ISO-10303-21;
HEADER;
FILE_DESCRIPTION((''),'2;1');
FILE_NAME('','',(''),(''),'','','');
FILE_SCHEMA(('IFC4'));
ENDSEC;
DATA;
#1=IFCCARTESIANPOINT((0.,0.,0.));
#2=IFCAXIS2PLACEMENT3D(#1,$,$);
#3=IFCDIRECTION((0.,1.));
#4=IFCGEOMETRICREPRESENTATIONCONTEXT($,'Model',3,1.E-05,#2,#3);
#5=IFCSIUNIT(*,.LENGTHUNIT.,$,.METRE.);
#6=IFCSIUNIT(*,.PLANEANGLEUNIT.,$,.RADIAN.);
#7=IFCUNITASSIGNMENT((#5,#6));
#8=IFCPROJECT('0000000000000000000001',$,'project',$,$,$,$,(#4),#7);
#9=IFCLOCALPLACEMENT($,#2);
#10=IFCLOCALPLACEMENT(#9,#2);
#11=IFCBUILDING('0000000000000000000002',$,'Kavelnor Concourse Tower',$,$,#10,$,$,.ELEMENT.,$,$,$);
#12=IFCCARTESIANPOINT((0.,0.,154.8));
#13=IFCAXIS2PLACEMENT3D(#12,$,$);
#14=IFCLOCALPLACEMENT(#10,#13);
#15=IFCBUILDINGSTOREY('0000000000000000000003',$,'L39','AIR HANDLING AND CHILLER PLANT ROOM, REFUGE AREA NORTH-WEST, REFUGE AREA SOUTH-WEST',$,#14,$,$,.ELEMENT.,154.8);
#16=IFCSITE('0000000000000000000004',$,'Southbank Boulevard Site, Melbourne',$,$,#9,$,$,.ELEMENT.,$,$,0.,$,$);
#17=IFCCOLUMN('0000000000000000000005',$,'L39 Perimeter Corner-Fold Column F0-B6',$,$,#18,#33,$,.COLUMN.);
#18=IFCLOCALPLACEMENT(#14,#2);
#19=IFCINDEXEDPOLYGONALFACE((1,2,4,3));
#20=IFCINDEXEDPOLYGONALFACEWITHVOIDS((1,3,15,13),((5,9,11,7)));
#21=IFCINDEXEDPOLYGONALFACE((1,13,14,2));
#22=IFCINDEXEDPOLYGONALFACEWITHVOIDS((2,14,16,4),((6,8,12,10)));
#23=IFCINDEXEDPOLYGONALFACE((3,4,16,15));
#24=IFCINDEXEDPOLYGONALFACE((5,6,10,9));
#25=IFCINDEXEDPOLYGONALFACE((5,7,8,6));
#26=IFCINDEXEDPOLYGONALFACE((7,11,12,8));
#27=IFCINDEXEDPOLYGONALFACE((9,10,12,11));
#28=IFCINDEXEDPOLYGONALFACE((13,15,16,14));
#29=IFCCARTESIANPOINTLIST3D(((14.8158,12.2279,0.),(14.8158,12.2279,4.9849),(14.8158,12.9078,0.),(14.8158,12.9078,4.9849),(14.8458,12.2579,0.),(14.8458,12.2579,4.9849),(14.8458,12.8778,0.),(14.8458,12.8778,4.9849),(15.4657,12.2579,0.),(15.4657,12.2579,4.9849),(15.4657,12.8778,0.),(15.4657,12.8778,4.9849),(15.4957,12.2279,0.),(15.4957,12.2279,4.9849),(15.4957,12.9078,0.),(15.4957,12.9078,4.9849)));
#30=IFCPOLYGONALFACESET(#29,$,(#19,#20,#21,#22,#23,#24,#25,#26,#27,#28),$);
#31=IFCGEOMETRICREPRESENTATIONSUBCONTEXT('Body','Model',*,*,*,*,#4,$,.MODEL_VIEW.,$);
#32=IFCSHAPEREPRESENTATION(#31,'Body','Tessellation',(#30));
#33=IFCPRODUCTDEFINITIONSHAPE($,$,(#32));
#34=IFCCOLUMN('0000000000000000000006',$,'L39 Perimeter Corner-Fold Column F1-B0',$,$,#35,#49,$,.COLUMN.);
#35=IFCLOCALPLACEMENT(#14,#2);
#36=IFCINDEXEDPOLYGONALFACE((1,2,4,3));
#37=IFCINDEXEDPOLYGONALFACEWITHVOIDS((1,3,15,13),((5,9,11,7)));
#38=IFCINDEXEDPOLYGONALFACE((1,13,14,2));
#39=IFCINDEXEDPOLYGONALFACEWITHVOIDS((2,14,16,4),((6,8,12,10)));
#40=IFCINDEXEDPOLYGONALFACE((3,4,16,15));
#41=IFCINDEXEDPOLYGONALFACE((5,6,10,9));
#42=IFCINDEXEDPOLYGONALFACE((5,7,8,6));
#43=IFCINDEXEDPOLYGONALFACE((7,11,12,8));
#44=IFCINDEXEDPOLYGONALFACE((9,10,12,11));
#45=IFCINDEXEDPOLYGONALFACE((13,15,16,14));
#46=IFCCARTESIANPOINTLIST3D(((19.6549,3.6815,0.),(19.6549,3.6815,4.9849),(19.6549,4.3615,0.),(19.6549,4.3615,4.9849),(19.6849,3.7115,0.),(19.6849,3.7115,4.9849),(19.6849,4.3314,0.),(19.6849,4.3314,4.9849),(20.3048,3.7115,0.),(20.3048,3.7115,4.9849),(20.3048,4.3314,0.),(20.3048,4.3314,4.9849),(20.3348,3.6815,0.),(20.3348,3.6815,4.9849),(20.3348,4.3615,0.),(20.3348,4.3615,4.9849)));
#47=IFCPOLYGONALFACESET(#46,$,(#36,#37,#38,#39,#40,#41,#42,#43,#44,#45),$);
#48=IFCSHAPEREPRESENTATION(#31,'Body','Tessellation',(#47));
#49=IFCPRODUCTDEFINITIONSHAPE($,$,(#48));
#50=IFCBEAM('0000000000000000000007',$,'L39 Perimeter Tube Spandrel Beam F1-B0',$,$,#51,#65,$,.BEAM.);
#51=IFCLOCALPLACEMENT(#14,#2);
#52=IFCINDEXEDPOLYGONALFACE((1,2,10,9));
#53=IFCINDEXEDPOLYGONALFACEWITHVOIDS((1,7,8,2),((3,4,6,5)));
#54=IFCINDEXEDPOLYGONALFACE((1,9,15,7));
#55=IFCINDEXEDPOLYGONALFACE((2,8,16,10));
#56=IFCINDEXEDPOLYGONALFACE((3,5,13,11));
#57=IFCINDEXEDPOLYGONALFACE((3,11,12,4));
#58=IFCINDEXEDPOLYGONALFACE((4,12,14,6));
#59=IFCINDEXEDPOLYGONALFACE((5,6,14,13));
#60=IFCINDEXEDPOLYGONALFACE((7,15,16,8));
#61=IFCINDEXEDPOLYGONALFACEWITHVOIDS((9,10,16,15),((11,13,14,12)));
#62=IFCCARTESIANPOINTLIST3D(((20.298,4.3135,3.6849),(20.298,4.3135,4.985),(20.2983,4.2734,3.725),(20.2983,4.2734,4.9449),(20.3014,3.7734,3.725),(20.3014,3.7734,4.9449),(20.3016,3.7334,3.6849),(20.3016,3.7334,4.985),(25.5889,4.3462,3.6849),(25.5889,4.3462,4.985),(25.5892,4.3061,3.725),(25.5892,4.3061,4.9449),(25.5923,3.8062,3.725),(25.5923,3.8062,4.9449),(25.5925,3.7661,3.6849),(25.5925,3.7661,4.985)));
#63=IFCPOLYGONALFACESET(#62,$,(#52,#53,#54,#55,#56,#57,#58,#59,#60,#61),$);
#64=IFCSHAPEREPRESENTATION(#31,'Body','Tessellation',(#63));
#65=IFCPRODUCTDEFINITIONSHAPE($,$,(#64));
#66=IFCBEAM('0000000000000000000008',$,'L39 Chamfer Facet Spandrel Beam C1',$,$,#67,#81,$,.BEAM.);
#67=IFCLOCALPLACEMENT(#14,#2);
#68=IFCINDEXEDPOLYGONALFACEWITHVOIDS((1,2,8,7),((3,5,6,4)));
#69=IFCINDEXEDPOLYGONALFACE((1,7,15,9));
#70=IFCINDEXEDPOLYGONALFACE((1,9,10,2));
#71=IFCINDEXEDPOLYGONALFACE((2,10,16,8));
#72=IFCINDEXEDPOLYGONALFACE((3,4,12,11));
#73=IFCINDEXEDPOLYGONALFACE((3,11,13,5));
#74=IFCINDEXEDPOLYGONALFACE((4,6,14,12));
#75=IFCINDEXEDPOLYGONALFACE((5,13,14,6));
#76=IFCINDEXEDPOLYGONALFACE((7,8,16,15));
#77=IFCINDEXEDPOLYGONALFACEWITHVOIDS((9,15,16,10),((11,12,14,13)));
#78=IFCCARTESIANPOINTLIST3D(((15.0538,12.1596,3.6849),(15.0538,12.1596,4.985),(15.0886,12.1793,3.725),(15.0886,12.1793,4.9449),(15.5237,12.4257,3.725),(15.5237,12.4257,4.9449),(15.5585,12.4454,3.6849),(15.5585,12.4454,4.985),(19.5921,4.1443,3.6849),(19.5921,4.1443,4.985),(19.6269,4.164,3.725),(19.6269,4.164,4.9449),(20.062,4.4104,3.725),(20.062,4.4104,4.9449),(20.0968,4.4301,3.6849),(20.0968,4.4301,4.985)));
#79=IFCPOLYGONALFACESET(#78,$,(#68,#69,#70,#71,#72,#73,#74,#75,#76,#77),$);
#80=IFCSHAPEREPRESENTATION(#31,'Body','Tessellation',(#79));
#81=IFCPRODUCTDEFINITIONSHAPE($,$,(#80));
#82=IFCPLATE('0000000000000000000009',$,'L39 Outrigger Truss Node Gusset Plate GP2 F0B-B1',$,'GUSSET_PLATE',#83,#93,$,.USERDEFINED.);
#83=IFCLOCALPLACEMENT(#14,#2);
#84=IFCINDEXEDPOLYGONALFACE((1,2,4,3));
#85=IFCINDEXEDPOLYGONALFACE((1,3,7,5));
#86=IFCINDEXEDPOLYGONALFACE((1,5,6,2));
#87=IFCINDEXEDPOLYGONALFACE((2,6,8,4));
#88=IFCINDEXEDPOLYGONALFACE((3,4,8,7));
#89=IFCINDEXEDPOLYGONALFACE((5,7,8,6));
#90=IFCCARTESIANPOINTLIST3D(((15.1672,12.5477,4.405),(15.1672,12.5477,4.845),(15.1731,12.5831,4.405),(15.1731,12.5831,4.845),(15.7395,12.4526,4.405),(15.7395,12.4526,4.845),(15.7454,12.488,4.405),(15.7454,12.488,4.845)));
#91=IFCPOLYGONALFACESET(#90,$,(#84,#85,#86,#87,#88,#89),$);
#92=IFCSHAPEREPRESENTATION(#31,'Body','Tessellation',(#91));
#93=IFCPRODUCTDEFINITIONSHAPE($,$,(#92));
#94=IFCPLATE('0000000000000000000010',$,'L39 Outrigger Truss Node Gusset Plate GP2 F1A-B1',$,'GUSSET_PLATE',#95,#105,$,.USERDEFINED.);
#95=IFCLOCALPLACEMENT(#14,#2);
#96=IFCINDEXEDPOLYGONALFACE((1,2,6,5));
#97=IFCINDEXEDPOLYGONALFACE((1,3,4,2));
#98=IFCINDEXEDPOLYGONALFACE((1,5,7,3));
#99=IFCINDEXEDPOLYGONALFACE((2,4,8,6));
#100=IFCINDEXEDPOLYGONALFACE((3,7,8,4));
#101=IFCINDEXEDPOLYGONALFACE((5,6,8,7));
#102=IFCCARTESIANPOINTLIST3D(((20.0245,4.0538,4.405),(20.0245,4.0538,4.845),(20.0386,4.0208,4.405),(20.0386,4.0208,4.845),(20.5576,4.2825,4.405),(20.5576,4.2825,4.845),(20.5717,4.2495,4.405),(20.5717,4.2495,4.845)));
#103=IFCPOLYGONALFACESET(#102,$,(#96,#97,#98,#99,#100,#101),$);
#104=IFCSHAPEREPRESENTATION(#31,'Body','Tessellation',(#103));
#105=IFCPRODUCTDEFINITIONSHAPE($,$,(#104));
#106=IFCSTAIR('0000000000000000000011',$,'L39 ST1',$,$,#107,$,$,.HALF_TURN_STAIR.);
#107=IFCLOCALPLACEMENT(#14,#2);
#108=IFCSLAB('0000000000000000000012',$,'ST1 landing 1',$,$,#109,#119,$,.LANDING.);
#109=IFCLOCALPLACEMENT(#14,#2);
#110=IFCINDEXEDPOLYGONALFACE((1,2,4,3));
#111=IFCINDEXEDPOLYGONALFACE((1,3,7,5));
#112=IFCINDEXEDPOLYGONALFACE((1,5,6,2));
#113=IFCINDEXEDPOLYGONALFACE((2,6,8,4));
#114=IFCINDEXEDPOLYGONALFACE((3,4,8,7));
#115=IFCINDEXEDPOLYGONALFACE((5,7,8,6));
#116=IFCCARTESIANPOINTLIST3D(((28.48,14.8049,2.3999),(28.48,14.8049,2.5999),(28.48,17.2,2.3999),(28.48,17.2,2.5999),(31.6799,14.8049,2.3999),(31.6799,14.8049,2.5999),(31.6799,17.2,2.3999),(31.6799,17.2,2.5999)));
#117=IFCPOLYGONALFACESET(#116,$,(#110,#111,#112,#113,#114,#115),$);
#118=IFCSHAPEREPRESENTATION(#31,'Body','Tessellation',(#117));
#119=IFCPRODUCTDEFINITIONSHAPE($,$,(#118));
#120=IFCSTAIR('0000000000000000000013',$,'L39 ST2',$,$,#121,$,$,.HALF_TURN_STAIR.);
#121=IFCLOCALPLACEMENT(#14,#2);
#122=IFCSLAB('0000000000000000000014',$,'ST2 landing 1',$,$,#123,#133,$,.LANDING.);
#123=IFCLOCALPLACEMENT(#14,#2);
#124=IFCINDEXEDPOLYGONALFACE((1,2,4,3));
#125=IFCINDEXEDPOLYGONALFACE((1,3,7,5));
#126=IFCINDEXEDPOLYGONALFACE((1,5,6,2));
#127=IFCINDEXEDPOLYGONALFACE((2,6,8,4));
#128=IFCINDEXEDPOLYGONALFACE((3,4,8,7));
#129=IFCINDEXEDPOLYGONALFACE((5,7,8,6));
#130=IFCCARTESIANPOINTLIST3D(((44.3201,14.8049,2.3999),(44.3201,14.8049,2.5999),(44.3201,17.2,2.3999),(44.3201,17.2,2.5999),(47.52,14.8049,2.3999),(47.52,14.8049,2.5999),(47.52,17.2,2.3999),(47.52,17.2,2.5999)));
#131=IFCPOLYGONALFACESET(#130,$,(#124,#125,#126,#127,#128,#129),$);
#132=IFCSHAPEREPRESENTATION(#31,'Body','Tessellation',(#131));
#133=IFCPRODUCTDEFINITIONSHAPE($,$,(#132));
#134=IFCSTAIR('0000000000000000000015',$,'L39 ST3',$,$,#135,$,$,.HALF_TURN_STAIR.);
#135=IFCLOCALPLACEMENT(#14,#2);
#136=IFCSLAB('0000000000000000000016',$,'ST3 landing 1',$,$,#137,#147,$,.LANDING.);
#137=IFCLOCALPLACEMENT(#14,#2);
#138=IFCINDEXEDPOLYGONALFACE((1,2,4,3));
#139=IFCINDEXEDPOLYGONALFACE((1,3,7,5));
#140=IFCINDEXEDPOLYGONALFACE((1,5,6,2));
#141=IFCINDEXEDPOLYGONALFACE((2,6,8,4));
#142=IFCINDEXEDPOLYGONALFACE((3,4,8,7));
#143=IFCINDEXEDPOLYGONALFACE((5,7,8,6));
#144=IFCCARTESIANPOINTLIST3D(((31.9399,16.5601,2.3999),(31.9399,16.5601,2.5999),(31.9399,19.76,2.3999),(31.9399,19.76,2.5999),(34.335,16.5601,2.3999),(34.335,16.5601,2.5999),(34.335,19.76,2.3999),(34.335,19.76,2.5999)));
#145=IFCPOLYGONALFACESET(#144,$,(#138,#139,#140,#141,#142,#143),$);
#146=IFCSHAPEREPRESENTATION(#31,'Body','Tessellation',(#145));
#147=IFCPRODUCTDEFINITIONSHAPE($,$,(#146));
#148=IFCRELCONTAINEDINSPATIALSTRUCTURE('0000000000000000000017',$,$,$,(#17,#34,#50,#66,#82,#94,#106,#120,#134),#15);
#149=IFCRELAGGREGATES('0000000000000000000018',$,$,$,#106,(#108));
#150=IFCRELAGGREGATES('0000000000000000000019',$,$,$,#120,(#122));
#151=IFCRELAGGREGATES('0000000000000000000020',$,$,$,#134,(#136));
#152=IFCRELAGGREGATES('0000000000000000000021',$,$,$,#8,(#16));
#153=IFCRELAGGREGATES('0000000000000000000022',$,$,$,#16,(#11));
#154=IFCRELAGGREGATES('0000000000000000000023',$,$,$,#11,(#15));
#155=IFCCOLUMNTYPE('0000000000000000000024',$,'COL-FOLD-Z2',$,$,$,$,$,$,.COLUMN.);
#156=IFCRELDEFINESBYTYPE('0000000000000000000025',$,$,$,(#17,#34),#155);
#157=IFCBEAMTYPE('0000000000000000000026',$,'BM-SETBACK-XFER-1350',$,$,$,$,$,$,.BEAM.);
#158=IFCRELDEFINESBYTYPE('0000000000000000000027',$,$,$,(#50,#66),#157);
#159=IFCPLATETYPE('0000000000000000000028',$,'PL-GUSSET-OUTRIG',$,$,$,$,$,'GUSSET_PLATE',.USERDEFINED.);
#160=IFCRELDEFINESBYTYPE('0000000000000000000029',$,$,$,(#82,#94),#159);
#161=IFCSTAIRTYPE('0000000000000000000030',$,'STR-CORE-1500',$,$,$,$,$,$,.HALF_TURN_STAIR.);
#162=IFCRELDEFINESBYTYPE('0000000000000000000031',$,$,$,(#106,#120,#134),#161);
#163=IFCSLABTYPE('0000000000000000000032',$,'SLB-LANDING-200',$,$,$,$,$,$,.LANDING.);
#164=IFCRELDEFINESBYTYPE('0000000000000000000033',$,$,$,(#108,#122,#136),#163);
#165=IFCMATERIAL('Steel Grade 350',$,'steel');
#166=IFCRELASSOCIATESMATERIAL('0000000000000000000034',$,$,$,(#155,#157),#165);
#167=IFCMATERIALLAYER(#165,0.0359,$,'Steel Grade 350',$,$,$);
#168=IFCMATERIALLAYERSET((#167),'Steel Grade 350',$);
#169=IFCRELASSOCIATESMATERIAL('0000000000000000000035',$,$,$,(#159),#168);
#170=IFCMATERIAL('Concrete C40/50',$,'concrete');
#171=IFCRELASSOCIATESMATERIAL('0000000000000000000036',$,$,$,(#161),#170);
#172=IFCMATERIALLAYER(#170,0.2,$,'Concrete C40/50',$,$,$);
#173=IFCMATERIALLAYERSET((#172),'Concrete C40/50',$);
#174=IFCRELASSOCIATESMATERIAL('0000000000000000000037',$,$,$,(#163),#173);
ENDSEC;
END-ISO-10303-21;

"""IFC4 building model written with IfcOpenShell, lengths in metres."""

from ifc_helpers import new_model, si_unit, direction, frame, origin, origin_2d, place, context, subcontext, project, spatial, polyline, rectangle, hollow_rectangle, outline, extrude, material, layer, layer_set, material_profile, profile_set, type_object, element, aggregate, save


model = new_model("IFC4")

# Units and contexts
model_context = context("Model", 3, precision=1e-05, world=origin(), true_north=direction((0.0, 1.0)))
body_context = subcontext(model_context, "Body", "Model", "MODEL_VIEW")
ifc_project = project(units=[si_unit("LENGTHUNIT", "METRE"), si_unit("PLANEANGLEUNIT", "RADIAN")], contexts=[model_context])

# Site, building, storey
site_placement = place(None, origin())
site = spatial("IfcSite", under=ifc_project, at=site_placement, Name="Southbank Boulevard Site, Melbourne", CompositionType="ELEMENT", RefElevation=0.0)
building_placement = place(site_placement, origin())
building = spatial("IfcBuilding", under=site, at=building_placement, Name="Kavelnor Concourse Tower", CompositionType="ELEMENT")
storey_placement = place(building_placement, frame((0.0, 0.0, 154.8)))
storey = spatial("IfcBuildingStorey", under=building, at=storey_placement, Name="L39", Description="AIR HANDLING AND CHILLER PLANT ROOM, REFUGE AREA NORTH-WEST, REFUGE AREA SOUTH-WEST", CompositionType="ELEMENT", Elevation=154.8)

# Columns
ifc_material_1 = material(Name="Steel Grade 350", Category="steel")
ifc_material_profile_1 = material_profile(ifc_material_1, hollow_rectangle(XDim=0.6799, YDim=0.6799, WallThickness=0.03, at=origin_2d()), Name="SHS 680x680x30")
ifc_profile_set_1 = profile_set([ifc_material_profile_1], Name="Steel Grade 350")
column_type = type_object("IfcColumnType", Name="COL-FOLD-Z2", PredefinedType="COLUMN", material=ifc_profile_set_1)
for number, where, z_axis, x_axis, name in (
    (1, (15.1558, 12.5679, 0.0), (0.0, 0.0, 1.0), (1.0, 0.0, 0.0), "L39 Perimeter Corner-Fold Column F0-B6"),
    (2, (19.9949, 4.0215, 0.0), (0.0, 0.0, 1.0), (1.0, 0.0, 0.0), "L39 Perimeter Corner-Fold Column F1-B0"),
):
    element("IfcColumn", number, at=place(storey_placement, frame(where, z_axis=z_axis, x_axis=x_axis)), inside=storey, type_object=column_type, Name=name, PredefinedType="COLUMN", context=body_context, shape_type="SweptSolid", body=[
        extrude(hollow_rectangle(XDim=0.6799, YDim=0.6799, WallThickness=0.03, at=origin_2d()), origin(), (0.0, 0.0, 1.0), 4.9849),
    ])

# Beams
ifc_material_profile_2 = material_profile(ifc_material_1, hollow_rectangle(XDim=0.5801, YDim=1.3, WallThickness=0.04, at=origin_2d()), Name="RHS 1300x580x40")
ifc_profile_set_2 = profile_set([ifc_material_profile_2], Name="Steel Grade 350")
beam_type = type_object("IfcBeamType", Name="BM-SETBACK-XFER-1350", PredefinedType="BEAM", material=ifc_profile_set_2)
beam_1_placement = place(storey_placement, frame((20.2998, 4.0234, 4.335), z_axis=(0.999981, 0.006183, 0.0), x_axis=(-0.006183, 0.999981, 0.0)))
element("IfcBeam", 3, at=beam_1_placement, inside=storey, type_object=beam_type, Name="L39 Perimeter Tube Spandrel Beam F1-B0", PredefinedType="BEAM", context=body_context, shape_type="SweptSolid", body=[
    extrude(hollow_rectangle(XDim=0.5801, YDim=1.3, WallThickness=0.04, at=origin_2d()), origin(), (0.0, 0.0, 1.0), 5.291),
])
beam_2_placement = place(storey_placement, frame((15.3062, 12.3025, 4.335), z_axis=(0.492707, -0.870195, 0.0), x_axis=(0.870195, 0.492707, 0.0)))
element("IfcBeam", 4, at=beam_2_placement, inside=storey, type_object=beam_type, Name="L39 Chamfer Facet Spandrel Beam C1", PredefinedType="BEAM", context=body_context, shape_type="SweptSolid", body=[
    extrude(hollow_rectangle(XDim=0.5801, YDim=1.3, WallThickness=0.04, at=origin_2d()), origin(), (0.0, 0.0, 1.0), 9.2109),
])

# Plates
ifc_layer_1 = layer(ifc_material_1, 0.0359, Name="Steel Grade 350")
ifc_layer_set_1 = layer_set([ifc_layer_1], Name="Steel Grade 350")
plate_type = type_object("IfcPlateType", Name="PL-GUSSET-OUTRIG", ElementType="GUSSET_PLATE", PredefinedType="USERDEFINED", material=ifc_layer_set_1)
for number, where, z_axis, x_axis, name in (
    (5, (15.4563, 12.5178, 4.405), (0.0, 0.0, 1.0), (-0.986458, 0.164015, 0.0), "L39 Outrigger Truss Node Gusset Plate GP2 F0B-B1"),
    (6, (20.2981, 4.1516, 4.405), (0.0, 0.0, 1.0), (-0.918998, -0.394263, 0.0), "L39 Outrigger Truss Node Gusset Plate GP2 F1A-B1"),
):
    element("IfcPlate", number, at=place(storey_placement, frame(where, z_axis=z_axis, x_axis=x_axis)), inside=storey, type_object=plate_type, Name=name, ObjectType="GUSSET_PLATE", PredefinedType="USERDEFINED", context=body_context, shape_type="SweptSolid", body=[
        extrude(rectangle(XDim=0.5801, YDim=0.0359, at=origin_2d()), origin(), (0.0, 0.0, 1.0), 0.4399),
    ])

# Stairs, slabs
ifc_material_2 = material(Name="Concrete C40/50", Category="concrete")
stair_type = type_object("IfcStairType", Name="STR-CORE-1500", PredefinedType="HALF_TURN_STAIR", material=ifc_material_2)
stair_1_placement = place(storey_placement, origin())
stair_1 = element("IfcStair", 7, at=stair_1_placement, inside=storey, type_object=stair_type, Name="L39 ST1", PredefinedType="HALF_TURN_STAIR")
ifc_layer_2 = layer(ifc_material_2, 0.2, Name="Concrete C40/50")
ifc_layer_set_2 = layer_set([ifc_layer_2], Name="Concrete C40/50")
slab_type_1 = type_object("IfcSlabType", Name="SLB-LANDING-200", PredefinedType="LANDING", material=ifc_layer_set_2)
slab_1_placement = place(storey_placement, frame((0.0, 0.0, 2.3999)))
slab_1 = element("IfcSlab", 8, at=slab_1_placement, type_object=slab_type_1, Name="ST1 landing 1", PredefinedType="LANDING", context=body_context, shape_type="SweptSolid", body=[
    extrude(outline(polyline([(31.6799, 14.8049), (31.6799, 17.2), (28.48, 17.2), (28.48, 14.8049), (31.6799, 14.8049)])), origin(), (0.0, 0.0, 1.0), 0.2),
])
aggregate(stair_1, [slab_1])
stair_2_placement = place(storey_placement, origin())
stair_2 = element("IfcStair", 9, at=stair_2_placement, inside=storey, type_object=stair_type, Name="L39 ST2", PredefinedType="HALF_TURN_STAIR")
slab_2_placement = place(storey_placement, frame((0.0, 0.0, 2.3999)))
slab_2 = element("IfcSlab", 10, at=slab_2_placement, type_object=slab_type_1, Name="ST2 landing 1", PredefinedType="LANDING", context=body_context, shape_type="SweptSolid", body=[
    extrude(outline(polyline([(47.52, 14.8049), (47.52, 17.2), (44.3201, 17.2), (44.3201, 14.8049), (47.52, 14.8049)])), origin(), (0.0, 0.0, 1.0), 0.2),
])
aggregate(stair_2, [slab_2])
stair_3_placement = place(storey_placement, origin())
stair_3 = element("IfcStair", 11, at=stair_3_placement, inside=storey, type_object=stair_type, Name="L39 ST3", PredefinedType="HALF_TURN_STAIR")
slab_3_placement = place(storey_placement, frame((0.0, 0.0, 2.3999)))
slab_3 = element("IfcSlab", 12, at=slab_3_placement, type_object=slab_type_1, Name="ST3 landing 1", PredefinedType="LANDING", context=body_context, shape_type="SweptSolid", body=[
    extrude(outline(polyline([(34.335, 19.76), (31.9399, 19.76), (31.9399, 16.5601), (34.335, 16.5601), (34.335, 19.76)])), origin(), (0.0, 0.0, 1.0), 0.2),
])
aggregate(stair_3, [slab_3])

save(model, "model.ifc")
